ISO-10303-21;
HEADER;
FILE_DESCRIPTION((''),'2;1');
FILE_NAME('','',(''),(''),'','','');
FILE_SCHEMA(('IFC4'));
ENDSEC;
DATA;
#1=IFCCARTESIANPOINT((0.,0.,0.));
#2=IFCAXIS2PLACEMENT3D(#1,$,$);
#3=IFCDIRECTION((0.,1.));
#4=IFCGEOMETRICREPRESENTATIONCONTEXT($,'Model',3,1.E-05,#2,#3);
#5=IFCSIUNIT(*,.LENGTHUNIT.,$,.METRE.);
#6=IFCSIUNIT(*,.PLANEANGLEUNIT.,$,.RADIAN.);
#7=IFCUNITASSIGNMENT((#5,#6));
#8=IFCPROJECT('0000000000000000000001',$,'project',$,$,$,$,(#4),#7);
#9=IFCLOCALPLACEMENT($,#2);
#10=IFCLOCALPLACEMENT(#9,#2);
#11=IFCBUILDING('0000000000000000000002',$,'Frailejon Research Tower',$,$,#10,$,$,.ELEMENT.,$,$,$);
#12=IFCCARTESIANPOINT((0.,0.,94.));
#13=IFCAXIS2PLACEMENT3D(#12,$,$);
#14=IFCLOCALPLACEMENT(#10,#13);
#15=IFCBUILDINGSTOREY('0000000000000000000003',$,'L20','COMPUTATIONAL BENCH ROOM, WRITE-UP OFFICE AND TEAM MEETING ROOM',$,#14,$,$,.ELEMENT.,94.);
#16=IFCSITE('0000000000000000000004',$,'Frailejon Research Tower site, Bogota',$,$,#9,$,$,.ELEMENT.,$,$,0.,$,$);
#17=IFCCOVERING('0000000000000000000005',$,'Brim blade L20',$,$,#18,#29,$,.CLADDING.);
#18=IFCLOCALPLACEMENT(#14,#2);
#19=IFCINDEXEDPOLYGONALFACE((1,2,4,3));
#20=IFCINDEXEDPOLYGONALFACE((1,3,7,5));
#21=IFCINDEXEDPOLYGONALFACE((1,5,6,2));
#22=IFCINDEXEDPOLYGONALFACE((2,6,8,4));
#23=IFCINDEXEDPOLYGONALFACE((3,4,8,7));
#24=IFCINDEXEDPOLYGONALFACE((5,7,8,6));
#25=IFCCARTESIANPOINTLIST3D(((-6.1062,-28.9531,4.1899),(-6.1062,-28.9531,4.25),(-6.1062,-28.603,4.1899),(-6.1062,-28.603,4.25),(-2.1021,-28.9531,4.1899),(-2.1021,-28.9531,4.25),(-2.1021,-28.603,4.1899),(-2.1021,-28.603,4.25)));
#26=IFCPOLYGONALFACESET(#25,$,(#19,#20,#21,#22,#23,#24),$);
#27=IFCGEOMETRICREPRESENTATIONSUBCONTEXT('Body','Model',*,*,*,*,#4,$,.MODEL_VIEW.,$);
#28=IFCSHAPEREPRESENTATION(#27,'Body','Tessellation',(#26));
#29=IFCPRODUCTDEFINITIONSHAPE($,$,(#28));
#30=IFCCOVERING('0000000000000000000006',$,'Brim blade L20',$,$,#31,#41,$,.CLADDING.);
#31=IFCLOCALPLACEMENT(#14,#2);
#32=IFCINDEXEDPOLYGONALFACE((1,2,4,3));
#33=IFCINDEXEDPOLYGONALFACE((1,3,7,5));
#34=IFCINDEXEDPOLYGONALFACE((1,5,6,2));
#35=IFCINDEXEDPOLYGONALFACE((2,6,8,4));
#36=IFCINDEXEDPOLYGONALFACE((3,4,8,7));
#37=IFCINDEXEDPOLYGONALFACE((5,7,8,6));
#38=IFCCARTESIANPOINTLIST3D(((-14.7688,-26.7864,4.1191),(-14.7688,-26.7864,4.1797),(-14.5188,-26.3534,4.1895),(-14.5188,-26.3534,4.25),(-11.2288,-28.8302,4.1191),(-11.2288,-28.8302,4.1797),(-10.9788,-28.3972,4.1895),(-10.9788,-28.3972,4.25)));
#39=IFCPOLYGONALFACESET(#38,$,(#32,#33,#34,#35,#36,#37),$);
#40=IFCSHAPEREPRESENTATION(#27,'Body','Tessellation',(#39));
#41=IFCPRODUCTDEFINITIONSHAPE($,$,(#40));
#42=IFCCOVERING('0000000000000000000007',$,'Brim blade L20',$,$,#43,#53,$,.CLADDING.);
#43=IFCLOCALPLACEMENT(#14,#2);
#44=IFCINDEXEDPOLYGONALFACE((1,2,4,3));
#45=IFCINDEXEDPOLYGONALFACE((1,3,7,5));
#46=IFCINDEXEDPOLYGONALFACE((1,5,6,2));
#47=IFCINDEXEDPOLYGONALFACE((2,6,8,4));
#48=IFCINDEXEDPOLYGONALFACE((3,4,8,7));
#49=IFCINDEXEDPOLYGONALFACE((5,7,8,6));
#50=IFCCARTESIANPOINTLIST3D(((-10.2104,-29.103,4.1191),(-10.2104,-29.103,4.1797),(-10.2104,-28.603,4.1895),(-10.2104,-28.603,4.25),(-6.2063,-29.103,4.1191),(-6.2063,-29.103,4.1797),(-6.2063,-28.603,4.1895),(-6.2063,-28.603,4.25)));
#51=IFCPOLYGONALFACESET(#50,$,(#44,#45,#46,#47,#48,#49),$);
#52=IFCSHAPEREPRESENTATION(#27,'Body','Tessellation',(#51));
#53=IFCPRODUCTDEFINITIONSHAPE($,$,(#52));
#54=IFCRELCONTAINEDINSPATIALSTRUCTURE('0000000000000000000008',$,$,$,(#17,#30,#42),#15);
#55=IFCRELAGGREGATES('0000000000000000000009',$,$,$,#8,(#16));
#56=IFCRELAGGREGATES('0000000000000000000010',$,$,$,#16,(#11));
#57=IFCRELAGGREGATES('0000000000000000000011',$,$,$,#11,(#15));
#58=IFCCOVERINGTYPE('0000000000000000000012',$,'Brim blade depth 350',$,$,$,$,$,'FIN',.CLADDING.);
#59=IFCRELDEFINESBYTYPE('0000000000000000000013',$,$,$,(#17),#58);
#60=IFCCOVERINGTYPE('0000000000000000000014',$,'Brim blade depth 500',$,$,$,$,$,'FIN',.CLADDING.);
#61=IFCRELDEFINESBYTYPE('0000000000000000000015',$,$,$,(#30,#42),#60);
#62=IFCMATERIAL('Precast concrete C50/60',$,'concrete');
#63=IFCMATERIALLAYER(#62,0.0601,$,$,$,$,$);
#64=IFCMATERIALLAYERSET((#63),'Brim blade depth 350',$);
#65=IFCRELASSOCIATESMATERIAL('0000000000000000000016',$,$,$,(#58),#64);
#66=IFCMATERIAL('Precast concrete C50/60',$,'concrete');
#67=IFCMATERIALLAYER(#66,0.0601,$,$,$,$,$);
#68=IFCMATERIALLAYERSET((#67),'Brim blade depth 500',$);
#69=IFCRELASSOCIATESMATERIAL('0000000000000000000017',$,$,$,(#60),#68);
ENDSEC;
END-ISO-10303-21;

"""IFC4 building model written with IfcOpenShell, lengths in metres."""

from ifc_helpers import new_model, si_unit, direction, frame, origin, place, context, subcontext, project, spatial, polyline, outline, extrude, material, layer, layer_set, type_object, element, save


model = new_model("IFC4")

# Units and contexts
model_context = context("Model", 3, precision=1e-05, world=origin(), true_north=direction((0.0, 1.0)))
body_context = subcontext(model_context, "Body", "Model", "MODEL_VIEW")
ifc_project = project(units=[si_unit("LENGTHUNIT", "METRE"), si_unit("PLANEANGLEUNIT", "RADIAN")], contexts=[model_context])

# Site, building, storey
site_placement = place(None, origin())
site = spatial("IfcSite", under=ifc_project, at=site_placement, Name="Frailejon Research Tower site, Bogota", CompositionType="ELEMENT", RefElevation=0.0)
building_placement = place(site_placement, origin())
building = spatial("IfcBuilding", under=site, at=building_placement, Name="Frailejon Research Tower", CompositionType="ELEMENT")
storey_placement = place(building_placement, frame((0.0, 0.0, 94.0)))
storey = spatial("IfcBuildingStorey", under=building, at=storey_placement, Name="L20", Description="COMPUTATIONAL BENCH ROOM, WRITE-UP OFFICE AND TEAM MEETING ROOM", CompositionType="ELEMENT", Elevation=94.0)

# Coverings
ifc_material_1 = material(Name="Precast concrete C50/60", Category="concrete")
ifc_layer_1 = layer(ifc_material_1, 0.0601)
ifc_layer_set_1 = layer_set([ifc_layer_1], Name="Brim blade depth 350")
covering_type_1 = type_object("IfcCoveringType", Name="Brim blade depth 350", ElementType="FIN", PredefinedType="CLADDING", material=ifc_layer_set_1)
covering_1_placement = place(storey_placement, frame((-2.1021, -28.603, 4.25), z_axis=(-1.0, 0.0, 0.0), x_axis=(0.0, -1.0, 0.0)))
element("IfcCovering", 1, at=covering_1_placement, inside=storey, type_object=covering_type_1, Name="Brim blade L20", PredefinedType="CLADDING", context=body_context, shape_type="SweptSolid", body=[
    extrude(outline(polyline([(0.0, -0.0601), (0.3501, -0.0601), (0.3501, 0.0), (0.0, 0.0), (0.0, -0.0601)])), origin(), (0.0, 0.0, 1.0), 4.0042),
])
ifc_material_2 = material(Name="Precast concrete C50/60", Category="concrete")
ifc_layer_2 = layer(ifc_material_2, 0.0601)
ifc_layer_set_2 = layer_set([ifc_layer_2], Name="Brim blade depth 500")
covering_type_2 = type_object("IfcCoveringType", Name="Brim blade depth 500", ElementType="FIN", PredefinedType="CLADDING", material=ifc_layer_set_2)
covering_2_placement = place(storey_placement, frame((-10.9788, -28.3972, 4.25), z_axis=(-0.866027, 0.499997, 0.0), x_axis=(-0.499997, -0.866027, 0.0)))
element("IfcCovering", 2, at=covering_2_placement, inside=storey, type_object=covering_type_2, Name="Brim blade L20", PredefinedType="CLADDING", context=body_context, shape_type="SweptSolid", body=[
    extrude(outline(polyline([(0.0, -0.0605), (0.5, -0.1309), (0.5, -0.0703), (0.0, 0.0), (0.0, -0.0605)])), origin(), (0.0, 0.0, 1.0), 4.0876),
])
covering_3_placement = place(storey_placement, frame((-6.2063, -28.603, 4.25), z_axis=(-1.0, 0.0, 0.0), x_axis=(0.0, -1.0, 0.0)))
element("IfcCovering", 3, at=covering_3_placement, inside=storey, type_object=covering_type_2, Name="Brim blade L20", PredefinedType="CLADDING", context=body_context, shape_type="SweptSolid", body=[
    extrude(outline(polyline([(0.0, -0.0605), (0.5, -0.1309), (0.5, -0.0703), (0.0, 0.0), (0.0, -0.0605)])), origin(), (0.0, 0.0, 1.0), 4.0042),
])

save(model, "model.ifc")
